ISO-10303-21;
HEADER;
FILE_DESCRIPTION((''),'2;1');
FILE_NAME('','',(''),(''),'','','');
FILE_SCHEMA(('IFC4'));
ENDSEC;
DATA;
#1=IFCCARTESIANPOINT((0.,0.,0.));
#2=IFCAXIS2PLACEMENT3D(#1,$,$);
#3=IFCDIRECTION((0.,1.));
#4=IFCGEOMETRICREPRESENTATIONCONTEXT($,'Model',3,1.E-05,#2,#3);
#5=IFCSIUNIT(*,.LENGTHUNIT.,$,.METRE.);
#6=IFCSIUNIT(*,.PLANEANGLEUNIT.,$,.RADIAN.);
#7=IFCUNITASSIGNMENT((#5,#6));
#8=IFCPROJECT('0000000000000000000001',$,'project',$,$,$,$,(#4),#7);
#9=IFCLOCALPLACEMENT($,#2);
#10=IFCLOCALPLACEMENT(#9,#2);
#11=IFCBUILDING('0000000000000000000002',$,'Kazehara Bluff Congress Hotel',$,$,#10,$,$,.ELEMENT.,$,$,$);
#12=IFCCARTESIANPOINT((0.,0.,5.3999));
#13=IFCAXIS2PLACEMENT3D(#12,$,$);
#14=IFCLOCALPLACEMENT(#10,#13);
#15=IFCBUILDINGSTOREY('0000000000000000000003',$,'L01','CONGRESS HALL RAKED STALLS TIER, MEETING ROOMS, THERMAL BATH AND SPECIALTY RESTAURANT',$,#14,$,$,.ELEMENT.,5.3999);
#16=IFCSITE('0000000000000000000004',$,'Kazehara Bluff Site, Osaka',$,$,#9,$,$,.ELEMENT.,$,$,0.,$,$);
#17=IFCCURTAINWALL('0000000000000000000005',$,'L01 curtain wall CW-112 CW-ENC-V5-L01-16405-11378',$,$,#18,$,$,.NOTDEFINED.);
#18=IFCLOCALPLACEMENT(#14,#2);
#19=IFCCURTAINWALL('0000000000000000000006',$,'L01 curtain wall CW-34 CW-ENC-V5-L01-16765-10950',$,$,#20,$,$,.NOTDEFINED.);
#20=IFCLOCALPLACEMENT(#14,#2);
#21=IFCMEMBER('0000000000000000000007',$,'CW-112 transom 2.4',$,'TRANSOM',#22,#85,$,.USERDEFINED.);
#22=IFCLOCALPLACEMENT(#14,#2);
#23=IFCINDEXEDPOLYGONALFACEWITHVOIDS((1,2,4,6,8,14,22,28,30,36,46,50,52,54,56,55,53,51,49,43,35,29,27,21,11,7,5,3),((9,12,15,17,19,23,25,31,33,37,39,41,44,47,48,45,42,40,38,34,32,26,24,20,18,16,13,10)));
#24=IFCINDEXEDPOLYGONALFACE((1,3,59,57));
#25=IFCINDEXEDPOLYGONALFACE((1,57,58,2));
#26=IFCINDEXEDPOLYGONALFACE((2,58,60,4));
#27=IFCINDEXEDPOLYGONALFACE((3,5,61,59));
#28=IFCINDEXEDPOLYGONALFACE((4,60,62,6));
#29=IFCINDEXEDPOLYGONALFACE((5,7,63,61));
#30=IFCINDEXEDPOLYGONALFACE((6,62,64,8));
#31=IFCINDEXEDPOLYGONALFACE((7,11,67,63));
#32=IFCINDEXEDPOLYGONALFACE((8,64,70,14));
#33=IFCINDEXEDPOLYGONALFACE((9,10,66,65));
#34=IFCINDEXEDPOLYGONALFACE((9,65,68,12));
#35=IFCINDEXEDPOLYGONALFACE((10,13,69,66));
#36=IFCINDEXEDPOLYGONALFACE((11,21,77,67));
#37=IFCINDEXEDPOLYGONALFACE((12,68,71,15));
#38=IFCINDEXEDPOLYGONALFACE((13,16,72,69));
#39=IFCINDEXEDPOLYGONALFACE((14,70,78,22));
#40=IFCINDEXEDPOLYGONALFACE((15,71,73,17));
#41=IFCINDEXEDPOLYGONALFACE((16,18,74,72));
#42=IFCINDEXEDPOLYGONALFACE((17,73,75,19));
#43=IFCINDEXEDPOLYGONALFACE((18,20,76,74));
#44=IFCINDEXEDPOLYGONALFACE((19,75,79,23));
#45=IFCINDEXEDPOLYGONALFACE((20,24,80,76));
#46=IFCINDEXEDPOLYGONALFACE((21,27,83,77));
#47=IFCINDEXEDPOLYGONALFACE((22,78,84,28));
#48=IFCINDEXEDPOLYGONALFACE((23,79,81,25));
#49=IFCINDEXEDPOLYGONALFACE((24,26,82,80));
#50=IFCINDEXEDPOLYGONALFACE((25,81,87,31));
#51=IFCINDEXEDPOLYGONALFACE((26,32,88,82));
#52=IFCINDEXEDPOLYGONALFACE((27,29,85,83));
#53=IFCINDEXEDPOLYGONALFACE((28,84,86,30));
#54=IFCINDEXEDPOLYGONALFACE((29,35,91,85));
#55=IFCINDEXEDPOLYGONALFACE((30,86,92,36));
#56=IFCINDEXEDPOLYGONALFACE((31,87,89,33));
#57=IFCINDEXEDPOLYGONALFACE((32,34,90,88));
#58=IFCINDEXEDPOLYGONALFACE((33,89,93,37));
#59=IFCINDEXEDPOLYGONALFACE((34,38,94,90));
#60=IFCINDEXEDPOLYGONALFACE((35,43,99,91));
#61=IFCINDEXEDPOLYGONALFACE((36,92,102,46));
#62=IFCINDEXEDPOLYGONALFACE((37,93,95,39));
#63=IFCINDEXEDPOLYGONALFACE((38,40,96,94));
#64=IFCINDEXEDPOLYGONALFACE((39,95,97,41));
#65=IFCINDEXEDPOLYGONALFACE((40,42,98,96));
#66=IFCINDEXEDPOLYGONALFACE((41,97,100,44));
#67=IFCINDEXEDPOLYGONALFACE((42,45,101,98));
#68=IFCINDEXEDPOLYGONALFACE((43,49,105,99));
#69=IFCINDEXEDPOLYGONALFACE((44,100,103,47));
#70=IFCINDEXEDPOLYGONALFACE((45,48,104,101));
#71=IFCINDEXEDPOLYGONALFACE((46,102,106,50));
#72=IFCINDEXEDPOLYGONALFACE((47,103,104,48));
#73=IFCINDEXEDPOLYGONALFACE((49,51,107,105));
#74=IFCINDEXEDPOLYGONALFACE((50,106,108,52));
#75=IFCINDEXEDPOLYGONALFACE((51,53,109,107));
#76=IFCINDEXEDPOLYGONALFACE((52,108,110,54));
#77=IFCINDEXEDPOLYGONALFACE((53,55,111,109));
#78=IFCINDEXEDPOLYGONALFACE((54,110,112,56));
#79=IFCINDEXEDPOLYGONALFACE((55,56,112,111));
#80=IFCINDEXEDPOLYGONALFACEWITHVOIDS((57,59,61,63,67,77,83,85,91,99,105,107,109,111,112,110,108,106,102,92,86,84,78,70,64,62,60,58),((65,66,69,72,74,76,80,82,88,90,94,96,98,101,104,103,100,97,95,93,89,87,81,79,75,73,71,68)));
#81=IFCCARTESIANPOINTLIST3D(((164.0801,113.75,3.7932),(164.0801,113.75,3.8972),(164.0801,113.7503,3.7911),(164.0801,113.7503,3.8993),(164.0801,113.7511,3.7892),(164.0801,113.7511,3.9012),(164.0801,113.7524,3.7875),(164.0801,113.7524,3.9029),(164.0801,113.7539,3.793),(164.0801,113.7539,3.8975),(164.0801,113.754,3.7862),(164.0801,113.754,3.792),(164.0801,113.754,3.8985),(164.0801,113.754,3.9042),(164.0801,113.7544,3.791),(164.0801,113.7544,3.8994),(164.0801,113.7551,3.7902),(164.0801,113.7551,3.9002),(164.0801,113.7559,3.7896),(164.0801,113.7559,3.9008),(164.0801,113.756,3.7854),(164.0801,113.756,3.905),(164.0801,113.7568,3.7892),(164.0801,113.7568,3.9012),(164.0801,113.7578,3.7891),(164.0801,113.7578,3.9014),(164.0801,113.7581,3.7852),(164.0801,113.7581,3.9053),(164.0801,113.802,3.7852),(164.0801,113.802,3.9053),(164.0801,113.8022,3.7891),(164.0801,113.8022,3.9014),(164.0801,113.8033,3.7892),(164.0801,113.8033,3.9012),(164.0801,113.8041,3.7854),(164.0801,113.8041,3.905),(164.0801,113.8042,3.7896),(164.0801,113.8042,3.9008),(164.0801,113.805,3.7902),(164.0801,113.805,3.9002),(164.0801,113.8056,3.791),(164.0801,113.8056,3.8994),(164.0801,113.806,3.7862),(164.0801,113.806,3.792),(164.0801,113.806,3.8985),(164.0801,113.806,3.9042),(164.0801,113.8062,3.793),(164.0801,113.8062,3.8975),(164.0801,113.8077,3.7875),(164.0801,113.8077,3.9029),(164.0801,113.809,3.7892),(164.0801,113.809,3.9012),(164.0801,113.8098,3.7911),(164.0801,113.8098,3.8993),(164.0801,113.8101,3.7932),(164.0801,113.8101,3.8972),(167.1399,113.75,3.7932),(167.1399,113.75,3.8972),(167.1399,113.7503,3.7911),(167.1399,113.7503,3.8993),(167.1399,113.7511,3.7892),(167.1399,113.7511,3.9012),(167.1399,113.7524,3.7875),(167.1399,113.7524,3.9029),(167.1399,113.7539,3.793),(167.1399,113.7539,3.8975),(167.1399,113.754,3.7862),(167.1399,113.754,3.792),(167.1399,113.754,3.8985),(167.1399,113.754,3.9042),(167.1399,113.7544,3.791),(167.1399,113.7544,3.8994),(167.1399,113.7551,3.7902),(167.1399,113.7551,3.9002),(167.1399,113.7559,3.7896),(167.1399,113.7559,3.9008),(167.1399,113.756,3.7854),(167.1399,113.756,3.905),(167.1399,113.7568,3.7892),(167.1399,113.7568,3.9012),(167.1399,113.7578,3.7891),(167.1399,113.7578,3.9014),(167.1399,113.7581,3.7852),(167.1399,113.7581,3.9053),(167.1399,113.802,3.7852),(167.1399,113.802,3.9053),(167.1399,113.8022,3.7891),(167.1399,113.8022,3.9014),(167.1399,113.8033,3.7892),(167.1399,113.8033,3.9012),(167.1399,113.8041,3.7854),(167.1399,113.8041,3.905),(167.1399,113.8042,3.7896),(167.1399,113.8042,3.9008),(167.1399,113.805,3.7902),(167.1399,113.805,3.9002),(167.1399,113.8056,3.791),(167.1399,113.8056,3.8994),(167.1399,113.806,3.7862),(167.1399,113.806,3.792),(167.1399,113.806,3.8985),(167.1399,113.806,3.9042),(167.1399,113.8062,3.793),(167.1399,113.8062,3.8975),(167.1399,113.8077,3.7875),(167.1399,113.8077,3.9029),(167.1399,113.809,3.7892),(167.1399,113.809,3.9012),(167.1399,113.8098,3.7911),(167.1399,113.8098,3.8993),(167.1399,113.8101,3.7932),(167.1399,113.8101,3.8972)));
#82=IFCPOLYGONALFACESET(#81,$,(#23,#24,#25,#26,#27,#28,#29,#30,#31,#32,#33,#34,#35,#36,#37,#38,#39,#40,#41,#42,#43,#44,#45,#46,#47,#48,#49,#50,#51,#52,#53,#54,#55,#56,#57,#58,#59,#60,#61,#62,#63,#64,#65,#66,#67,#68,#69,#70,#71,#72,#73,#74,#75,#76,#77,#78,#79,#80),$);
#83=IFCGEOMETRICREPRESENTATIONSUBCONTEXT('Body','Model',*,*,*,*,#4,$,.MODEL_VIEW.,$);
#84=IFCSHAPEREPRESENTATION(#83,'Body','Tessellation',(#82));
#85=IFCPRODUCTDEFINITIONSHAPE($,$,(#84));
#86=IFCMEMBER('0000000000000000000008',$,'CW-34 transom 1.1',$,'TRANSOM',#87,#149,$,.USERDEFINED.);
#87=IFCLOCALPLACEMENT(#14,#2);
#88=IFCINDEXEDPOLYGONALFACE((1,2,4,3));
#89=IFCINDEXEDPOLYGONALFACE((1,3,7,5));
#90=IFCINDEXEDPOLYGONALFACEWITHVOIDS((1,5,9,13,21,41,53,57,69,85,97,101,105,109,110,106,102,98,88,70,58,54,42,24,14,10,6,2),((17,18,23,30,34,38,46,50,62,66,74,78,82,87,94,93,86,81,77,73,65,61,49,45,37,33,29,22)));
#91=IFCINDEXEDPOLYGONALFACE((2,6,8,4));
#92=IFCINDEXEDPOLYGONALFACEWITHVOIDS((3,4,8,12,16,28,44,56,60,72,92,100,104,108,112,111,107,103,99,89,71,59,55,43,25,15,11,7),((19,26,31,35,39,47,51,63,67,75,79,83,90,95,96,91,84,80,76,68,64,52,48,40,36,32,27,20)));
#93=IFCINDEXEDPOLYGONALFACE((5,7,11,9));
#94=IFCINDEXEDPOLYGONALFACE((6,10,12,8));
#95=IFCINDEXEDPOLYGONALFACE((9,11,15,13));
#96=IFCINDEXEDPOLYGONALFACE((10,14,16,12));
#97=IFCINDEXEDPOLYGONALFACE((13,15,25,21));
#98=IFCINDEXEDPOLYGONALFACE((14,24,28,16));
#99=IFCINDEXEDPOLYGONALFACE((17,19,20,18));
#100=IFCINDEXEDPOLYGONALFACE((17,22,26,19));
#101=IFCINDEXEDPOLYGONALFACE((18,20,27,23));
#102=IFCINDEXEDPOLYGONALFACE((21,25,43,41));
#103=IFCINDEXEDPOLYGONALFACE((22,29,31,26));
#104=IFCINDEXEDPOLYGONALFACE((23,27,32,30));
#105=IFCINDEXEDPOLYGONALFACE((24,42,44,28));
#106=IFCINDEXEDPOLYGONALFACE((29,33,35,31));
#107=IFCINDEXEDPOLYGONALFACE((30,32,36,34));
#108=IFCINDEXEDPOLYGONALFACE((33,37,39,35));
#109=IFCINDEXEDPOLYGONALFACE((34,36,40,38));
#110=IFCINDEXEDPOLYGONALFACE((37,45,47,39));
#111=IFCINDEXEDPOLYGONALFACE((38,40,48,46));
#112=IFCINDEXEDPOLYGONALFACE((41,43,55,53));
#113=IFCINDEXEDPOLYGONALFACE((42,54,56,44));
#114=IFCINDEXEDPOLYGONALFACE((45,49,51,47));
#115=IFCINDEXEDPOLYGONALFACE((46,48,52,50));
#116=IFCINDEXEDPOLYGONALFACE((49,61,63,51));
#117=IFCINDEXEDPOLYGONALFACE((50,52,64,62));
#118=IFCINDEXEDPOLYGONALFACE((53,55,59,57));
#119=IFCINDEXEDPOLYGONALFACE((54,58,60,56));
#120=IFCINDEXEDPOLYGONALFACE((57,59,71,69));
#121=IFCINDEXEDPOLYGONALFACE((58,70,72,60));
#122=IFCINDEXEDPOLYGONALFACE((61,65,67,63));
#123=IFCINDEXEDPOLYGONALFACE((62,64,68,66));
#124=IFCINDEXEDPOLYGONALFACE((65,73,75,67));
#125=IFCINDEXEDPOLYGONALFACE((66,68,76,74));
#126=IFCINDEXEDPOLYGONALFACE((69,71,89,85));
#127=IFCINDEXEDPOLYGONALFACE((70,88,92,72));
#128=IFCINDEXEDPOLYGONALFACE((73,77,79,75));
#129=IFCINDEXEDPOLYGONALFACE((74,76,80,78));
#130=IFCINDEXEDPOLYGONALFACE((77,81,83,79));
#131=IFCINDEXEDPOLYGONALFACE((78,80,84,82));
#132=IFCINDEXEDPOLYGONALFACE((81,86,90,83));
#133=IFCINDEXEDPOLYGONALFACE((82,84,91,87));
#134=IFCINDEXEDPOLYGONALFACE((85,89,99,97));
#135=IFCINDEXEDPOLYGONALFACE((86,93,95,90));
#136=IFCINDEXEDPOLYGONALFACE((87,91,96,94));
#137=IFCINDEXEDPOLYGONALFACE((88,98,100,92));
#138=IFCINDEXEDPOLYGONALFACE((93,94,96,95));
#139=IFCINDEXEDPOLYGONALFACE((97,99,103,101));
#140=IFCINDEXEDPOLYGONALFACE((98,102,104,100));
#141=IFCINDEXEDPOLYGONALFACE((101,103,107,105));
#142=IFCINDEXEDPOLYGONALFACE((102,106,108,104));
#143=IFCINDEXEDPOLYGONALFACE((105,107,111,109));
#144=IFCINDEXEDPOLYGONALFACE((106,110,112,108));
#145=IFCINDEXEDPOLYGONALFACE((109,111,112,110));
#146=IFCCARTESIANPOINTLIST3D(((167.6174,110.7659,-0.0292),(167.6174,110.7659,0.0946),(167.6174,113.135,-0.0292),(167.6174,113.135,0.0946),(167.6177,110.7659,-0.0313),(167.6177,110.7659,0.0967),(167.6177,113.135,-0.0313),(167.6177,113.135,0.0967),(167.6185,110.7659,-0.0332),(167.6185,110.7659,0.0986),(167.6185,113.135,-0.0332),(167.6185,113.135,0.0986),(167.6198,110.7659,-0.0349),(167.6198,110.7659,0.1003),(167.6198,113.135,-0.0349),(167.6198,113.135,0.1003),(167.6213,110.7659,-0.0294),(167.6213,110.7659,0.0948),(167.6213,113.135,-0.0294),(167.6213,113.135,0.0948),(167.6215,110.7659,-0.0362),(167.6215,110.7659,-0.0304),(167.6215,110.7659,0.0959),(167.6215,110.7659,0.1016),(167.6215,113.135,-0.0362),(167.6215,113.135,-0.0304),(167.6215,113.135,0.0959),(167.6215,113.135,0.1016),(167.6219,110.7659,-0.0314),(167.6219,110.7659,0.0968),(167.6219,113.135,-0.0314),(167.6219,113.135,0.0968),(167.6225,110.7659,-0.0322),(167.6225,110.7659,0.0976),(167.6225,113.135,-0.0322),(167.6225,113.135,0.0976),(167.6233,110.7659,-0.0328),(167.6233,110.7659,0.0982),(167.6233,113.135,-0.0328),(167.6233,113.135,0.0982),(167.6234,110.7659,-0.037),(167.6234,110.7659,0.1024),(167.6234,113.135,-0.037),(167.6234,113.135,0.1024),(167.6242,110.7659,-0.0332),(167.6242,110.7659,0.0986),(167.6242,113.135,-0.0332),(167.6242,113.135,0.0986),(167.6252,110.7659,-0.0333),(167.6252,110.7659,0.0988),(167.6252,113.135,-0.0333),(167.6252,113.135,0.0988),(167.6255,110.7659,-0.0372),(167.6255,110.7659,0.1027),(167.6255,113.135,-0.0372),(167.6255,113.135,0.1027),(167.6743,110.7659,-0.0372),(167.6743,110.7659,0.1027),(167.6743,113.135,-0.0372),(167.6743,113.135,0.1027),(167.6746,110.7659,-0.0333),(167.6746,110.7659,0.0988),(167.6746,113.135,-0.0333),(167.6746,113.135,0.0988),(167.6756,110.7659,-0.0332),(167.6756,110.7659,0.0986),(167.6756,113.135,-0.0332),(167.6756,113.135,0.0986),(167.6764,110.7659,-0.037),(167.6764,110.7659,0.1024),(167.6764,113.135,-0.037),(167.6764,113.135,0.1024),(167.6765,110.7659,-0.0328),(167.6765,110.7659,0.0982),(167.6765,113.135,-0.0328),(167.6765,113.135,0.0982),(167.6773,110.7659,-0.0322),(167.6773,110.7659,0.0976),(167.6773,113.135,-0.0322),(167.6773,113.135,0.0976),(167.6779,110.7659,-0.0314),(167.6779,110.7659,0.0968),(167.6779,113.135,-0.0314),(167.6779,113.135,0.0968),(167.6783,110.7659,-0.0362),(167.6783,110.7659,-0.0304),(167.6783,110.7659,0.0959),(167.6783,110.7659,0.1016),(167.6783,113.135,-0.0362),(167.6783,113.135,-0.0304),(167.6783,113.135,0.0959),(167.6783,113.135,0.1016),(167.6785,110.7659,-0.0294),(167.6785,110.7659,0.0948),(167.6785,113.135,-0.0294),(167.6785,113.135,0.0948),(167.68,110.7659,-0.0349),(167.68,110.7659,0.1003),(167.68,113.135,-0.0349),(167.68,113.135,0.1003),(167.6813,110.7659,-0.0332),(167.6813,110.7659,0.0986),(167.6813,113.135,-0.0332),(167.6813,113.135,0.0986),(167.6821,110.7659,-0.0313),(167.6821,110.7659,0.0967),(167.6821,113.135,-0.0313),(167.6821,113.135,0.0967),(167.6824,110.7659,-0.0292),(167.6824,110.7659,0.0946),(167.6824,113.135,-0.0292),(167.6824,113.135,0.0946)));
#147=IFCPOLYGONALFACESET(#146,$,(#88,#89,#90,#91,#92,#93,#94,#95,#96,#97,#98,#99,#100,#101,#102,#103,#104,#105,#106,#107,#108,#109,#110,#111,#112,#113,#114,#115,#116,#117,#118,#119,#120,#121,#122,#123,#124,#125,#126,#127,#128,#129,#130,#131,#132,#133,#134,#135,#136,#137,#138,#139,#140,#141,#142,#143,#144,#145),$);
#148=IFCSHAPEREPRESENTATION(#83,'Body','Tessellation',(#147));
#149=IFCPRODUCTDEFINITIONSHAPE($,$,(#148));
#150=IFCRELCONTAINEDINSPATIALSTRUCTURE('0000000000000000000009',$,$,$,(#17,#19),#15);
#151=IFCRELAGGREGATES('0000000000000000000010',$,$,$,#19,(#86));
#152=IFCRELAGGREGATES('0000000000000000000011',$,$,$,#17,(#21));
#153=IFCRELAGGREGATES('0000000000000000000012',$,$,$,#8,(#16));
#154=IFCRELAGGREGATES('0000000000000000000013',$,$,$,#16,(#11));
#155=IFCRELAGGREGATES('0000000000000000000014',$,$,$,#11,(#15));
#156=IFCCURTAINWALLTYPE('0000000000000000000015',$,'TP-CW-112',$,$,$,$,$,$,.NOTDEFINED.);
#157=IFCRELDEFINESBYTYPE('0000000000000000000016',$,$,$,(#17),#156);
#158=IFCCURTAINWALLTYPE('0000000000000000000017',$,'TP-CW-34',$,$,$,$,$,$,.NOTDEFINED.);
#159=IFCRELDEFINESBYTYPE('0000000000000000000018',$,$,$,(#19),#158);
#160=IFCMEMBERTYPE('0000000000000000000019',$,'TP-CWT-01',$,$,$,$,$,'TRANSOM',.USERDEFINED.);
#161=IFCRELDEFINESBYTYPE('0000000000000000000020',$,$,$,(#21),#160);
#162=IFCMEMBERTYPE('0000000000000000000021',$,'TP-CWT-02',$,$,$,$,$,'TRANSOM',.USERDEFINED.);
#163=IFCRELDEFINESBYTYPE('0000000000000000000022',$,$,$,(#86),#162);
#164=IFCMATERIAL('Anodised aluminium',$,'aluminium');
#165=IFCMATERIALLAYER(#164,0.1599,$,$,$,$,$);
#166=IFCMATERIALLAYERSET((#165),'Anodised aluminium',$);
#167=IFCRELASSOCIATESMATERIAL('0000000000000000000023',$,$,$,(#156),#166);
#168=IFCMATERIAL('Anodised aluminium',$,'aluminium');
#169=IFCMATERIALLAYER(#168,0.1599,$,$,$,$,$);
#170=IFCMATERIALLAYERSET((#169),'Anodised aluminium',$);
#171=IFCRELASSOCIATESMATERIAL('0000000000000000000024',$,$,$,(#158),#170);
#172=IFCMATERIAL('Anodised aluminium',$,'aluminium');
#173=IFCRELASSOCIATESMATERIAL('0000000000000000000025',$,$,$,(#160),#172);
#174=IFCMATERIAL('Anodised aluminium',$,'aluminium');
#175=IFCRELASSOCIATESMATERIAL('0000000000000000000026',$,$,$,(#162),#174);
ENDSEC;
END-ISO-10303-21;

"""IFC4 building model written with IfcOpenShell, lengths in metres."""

from ifc_helpers import new_model, si_unit, direction, frame, origin, origin_2d, place, context, subcontext, project, spatial, hollow_rectangle, extrude, material, layer, layer_set, material_profile, profile_set, type_object, element, aggregate, save


model = new_model("IFC4")

# Units and contexts
model_context = context("Model", 3, precision=1e-05, world=origin(), true_north=direction((0.0, 1.0)))
body_context = subcontext(model_context, "Body", "Model", "MODEL_VIEW")
ifc_project = project(units=[si_unit("LENGTHUNIT", "METRE"), si_unit("PLANEANGLEUNIT", "RADIAN")], contexts=[model_context])

# Site, building, storey
site_placement = place(None, origin())
site = spatial("IfcSite", under=ifc_project, at=site_placement, Name="Kazehara Bluff Site, Osaka", CompositionType="ELEMENT", RefElevation=0.0)
building_placement = place(site_placement, origin())
building = spatial("IfcBuilding", under=site, at=building_placement, Name="Kazehara Bluff Congress Hotel", CompositionType="ELEMENT")
storey_placement = place(building_placement, frame((0.0, 0.0, 5.3999)))
storey = spatial("IfcBuildingStorey", under=building, at=storey_placement, Name="L01", Description="CONGRESS HALL RAKED STALLS TIER, MEETING ROOMS, THERMAL BATH AND SPECIALTY RESTAURANT", CompositionType="ELEMENT", Elevation=5.3999)

# Curtain wall
ifc_material_1 = material(Name="Anodised aluminium", Category="aluminium")
ifc_layer_1 = layer(ifc_material_1, 0.1599)
ifc_layer_set_1 = layer_set([ifc_layer_1], Name="Anodised aluminium")
curtain_wall_type_1 = type_object("IfcCurtainWallType", Name="TP-CW-112", PredefinedType="NOTDEFINED", material=ifc_layer_set_1)
curtain_wall_1_placement = place(storey_placement, origin())
curtain_wall_1 = element("IfcCurtainWall", 1, at=curtain_wall_1_placement, inside=storey, type_object=curtain_wall_type_1, Name="L01 curtain wall CW-112 CW-ENC-V5-L01-16405-11378", PredefinedType="NOTDEFINED")

# Curtain wall
ifc_material_2 = material(Name="Anodised aluminium", Category="aluminium")
ifc_layer_2 = layer(ifc_material_2, 0.1599)
ifc_layer_set_2 = layer_set([ifc_layer_2], Name="Anodised aluminium")
curtain_wall_type_2 = type_object("IfcCurtainWallType", Name="TP-CW-34", PredefinedType="NOTDEFINED", material=ifc_layer_set_2)
curtain_wall_2_placement = place(storey_placement, origin())
curtain_wall_2 = element("IfcCurtainWall", 2, at=curtain_wall_2_placement, inside=storey, type_object=curtain_wall_type_2, Name="L01 curtain wall CW-34 CW-ENC-V5-L01-16765-10950", PredefinedType="NOTDEFINED")

# Members
ifc_material_3 = material(Name="Anodised aluminium", Category="aluminium")
ifc_material_profile_1 = material_profile(ifc_material_3, hollow_rectangle(XDim=0.0601, YDim=0.1201, WallThickness=0.0039, InnerFilletRadius=0.0039, OuterFilletRadius=0.0081, at=origin_2d()))
ifc_profile_set_1 = profile_set([ifc_material_profile_1], Name="Anodised aluminium")
member_type_1 = type_object("IfcMemberType", Name="TP-CWT-01", ElementType="TRANSOM", PredefinedType="USERDEFINED", material=ifc_profile_set_1)
member_1_placement = place(storey_placement, frame((164.0801, 113.78, 3.8452), z_axis=(1.0, 0.0, 0.0), x_axis=(0.0, 1.0, 0.0)))
member_1 = element("IfcMember", 3, at=member_1_placement, type_object=member_type_1, Name="CW-112 transom 2.4", ObjectType="TRANSOM", PredefinedType="USERDEFINED", context=body_context, shape_type="SweptSolid", body=[
    extrude(hollow_rectangle(XDim=0.0601, YDim=0.1201, WallThickness=0.0039, InnerFilletRadius=0.0039, OuterFilletRadius=0.0081, at=origin_2d()), origin(), (0.0, 0.0, 1.0), 3.0598),
])
ifc_material_4 = material(Name="Anodised aluminium", Category="aluminium")
ifc_material_profile_2 = material_profile(ifc_material_4, hollow_rectangle(XDim=0.0649, YDim=0.1399, WallThickness=0.0039, InnerFilletRadius=0.0039, OuterFilletRadius=0.0081, at=origin_2d()))
ifc_profile_set_2 = profile_set([ifc_material_profile_2], Name="Anodised aluminium")
member_type_2 = type_object("IfcMemberType", Name="TP-CWT-02", ElementType="TRANSOM", PredefinedType="USERDEFINED", material=ifc_profile_set_2)
member_2_placement = place(storey_placement, frame((167.6499, 113.135, 0.0327), z_axis=(0.0, -1.0, 0.0), x_axis=(1.0, 0.0, 0.0)))
member_2 = element("IfcMember", 4, at=member_2_placement, type_object=member_type_2, Name="CW-34 transom 1.1", ObjectType="TRANSOM", PredefinedType="USERDEFINED", context=body_context, shape_type="SweptSolid", body=[
    extrude(hollow_rectangle(XDim=0.0649, YDim=0.1399, WallThickness=0.0039, InnerFilletRadius=0.0039, OuterFilletRadius=0.0081, at=origin_2d()), origin(), (0.0, 0.0, 1.0), 2.3691),
])

aggregate(curtain_wall_2, [member_2])
aggregate(curtain_wall_1, [member_1])

save(model, "model.ifc")
